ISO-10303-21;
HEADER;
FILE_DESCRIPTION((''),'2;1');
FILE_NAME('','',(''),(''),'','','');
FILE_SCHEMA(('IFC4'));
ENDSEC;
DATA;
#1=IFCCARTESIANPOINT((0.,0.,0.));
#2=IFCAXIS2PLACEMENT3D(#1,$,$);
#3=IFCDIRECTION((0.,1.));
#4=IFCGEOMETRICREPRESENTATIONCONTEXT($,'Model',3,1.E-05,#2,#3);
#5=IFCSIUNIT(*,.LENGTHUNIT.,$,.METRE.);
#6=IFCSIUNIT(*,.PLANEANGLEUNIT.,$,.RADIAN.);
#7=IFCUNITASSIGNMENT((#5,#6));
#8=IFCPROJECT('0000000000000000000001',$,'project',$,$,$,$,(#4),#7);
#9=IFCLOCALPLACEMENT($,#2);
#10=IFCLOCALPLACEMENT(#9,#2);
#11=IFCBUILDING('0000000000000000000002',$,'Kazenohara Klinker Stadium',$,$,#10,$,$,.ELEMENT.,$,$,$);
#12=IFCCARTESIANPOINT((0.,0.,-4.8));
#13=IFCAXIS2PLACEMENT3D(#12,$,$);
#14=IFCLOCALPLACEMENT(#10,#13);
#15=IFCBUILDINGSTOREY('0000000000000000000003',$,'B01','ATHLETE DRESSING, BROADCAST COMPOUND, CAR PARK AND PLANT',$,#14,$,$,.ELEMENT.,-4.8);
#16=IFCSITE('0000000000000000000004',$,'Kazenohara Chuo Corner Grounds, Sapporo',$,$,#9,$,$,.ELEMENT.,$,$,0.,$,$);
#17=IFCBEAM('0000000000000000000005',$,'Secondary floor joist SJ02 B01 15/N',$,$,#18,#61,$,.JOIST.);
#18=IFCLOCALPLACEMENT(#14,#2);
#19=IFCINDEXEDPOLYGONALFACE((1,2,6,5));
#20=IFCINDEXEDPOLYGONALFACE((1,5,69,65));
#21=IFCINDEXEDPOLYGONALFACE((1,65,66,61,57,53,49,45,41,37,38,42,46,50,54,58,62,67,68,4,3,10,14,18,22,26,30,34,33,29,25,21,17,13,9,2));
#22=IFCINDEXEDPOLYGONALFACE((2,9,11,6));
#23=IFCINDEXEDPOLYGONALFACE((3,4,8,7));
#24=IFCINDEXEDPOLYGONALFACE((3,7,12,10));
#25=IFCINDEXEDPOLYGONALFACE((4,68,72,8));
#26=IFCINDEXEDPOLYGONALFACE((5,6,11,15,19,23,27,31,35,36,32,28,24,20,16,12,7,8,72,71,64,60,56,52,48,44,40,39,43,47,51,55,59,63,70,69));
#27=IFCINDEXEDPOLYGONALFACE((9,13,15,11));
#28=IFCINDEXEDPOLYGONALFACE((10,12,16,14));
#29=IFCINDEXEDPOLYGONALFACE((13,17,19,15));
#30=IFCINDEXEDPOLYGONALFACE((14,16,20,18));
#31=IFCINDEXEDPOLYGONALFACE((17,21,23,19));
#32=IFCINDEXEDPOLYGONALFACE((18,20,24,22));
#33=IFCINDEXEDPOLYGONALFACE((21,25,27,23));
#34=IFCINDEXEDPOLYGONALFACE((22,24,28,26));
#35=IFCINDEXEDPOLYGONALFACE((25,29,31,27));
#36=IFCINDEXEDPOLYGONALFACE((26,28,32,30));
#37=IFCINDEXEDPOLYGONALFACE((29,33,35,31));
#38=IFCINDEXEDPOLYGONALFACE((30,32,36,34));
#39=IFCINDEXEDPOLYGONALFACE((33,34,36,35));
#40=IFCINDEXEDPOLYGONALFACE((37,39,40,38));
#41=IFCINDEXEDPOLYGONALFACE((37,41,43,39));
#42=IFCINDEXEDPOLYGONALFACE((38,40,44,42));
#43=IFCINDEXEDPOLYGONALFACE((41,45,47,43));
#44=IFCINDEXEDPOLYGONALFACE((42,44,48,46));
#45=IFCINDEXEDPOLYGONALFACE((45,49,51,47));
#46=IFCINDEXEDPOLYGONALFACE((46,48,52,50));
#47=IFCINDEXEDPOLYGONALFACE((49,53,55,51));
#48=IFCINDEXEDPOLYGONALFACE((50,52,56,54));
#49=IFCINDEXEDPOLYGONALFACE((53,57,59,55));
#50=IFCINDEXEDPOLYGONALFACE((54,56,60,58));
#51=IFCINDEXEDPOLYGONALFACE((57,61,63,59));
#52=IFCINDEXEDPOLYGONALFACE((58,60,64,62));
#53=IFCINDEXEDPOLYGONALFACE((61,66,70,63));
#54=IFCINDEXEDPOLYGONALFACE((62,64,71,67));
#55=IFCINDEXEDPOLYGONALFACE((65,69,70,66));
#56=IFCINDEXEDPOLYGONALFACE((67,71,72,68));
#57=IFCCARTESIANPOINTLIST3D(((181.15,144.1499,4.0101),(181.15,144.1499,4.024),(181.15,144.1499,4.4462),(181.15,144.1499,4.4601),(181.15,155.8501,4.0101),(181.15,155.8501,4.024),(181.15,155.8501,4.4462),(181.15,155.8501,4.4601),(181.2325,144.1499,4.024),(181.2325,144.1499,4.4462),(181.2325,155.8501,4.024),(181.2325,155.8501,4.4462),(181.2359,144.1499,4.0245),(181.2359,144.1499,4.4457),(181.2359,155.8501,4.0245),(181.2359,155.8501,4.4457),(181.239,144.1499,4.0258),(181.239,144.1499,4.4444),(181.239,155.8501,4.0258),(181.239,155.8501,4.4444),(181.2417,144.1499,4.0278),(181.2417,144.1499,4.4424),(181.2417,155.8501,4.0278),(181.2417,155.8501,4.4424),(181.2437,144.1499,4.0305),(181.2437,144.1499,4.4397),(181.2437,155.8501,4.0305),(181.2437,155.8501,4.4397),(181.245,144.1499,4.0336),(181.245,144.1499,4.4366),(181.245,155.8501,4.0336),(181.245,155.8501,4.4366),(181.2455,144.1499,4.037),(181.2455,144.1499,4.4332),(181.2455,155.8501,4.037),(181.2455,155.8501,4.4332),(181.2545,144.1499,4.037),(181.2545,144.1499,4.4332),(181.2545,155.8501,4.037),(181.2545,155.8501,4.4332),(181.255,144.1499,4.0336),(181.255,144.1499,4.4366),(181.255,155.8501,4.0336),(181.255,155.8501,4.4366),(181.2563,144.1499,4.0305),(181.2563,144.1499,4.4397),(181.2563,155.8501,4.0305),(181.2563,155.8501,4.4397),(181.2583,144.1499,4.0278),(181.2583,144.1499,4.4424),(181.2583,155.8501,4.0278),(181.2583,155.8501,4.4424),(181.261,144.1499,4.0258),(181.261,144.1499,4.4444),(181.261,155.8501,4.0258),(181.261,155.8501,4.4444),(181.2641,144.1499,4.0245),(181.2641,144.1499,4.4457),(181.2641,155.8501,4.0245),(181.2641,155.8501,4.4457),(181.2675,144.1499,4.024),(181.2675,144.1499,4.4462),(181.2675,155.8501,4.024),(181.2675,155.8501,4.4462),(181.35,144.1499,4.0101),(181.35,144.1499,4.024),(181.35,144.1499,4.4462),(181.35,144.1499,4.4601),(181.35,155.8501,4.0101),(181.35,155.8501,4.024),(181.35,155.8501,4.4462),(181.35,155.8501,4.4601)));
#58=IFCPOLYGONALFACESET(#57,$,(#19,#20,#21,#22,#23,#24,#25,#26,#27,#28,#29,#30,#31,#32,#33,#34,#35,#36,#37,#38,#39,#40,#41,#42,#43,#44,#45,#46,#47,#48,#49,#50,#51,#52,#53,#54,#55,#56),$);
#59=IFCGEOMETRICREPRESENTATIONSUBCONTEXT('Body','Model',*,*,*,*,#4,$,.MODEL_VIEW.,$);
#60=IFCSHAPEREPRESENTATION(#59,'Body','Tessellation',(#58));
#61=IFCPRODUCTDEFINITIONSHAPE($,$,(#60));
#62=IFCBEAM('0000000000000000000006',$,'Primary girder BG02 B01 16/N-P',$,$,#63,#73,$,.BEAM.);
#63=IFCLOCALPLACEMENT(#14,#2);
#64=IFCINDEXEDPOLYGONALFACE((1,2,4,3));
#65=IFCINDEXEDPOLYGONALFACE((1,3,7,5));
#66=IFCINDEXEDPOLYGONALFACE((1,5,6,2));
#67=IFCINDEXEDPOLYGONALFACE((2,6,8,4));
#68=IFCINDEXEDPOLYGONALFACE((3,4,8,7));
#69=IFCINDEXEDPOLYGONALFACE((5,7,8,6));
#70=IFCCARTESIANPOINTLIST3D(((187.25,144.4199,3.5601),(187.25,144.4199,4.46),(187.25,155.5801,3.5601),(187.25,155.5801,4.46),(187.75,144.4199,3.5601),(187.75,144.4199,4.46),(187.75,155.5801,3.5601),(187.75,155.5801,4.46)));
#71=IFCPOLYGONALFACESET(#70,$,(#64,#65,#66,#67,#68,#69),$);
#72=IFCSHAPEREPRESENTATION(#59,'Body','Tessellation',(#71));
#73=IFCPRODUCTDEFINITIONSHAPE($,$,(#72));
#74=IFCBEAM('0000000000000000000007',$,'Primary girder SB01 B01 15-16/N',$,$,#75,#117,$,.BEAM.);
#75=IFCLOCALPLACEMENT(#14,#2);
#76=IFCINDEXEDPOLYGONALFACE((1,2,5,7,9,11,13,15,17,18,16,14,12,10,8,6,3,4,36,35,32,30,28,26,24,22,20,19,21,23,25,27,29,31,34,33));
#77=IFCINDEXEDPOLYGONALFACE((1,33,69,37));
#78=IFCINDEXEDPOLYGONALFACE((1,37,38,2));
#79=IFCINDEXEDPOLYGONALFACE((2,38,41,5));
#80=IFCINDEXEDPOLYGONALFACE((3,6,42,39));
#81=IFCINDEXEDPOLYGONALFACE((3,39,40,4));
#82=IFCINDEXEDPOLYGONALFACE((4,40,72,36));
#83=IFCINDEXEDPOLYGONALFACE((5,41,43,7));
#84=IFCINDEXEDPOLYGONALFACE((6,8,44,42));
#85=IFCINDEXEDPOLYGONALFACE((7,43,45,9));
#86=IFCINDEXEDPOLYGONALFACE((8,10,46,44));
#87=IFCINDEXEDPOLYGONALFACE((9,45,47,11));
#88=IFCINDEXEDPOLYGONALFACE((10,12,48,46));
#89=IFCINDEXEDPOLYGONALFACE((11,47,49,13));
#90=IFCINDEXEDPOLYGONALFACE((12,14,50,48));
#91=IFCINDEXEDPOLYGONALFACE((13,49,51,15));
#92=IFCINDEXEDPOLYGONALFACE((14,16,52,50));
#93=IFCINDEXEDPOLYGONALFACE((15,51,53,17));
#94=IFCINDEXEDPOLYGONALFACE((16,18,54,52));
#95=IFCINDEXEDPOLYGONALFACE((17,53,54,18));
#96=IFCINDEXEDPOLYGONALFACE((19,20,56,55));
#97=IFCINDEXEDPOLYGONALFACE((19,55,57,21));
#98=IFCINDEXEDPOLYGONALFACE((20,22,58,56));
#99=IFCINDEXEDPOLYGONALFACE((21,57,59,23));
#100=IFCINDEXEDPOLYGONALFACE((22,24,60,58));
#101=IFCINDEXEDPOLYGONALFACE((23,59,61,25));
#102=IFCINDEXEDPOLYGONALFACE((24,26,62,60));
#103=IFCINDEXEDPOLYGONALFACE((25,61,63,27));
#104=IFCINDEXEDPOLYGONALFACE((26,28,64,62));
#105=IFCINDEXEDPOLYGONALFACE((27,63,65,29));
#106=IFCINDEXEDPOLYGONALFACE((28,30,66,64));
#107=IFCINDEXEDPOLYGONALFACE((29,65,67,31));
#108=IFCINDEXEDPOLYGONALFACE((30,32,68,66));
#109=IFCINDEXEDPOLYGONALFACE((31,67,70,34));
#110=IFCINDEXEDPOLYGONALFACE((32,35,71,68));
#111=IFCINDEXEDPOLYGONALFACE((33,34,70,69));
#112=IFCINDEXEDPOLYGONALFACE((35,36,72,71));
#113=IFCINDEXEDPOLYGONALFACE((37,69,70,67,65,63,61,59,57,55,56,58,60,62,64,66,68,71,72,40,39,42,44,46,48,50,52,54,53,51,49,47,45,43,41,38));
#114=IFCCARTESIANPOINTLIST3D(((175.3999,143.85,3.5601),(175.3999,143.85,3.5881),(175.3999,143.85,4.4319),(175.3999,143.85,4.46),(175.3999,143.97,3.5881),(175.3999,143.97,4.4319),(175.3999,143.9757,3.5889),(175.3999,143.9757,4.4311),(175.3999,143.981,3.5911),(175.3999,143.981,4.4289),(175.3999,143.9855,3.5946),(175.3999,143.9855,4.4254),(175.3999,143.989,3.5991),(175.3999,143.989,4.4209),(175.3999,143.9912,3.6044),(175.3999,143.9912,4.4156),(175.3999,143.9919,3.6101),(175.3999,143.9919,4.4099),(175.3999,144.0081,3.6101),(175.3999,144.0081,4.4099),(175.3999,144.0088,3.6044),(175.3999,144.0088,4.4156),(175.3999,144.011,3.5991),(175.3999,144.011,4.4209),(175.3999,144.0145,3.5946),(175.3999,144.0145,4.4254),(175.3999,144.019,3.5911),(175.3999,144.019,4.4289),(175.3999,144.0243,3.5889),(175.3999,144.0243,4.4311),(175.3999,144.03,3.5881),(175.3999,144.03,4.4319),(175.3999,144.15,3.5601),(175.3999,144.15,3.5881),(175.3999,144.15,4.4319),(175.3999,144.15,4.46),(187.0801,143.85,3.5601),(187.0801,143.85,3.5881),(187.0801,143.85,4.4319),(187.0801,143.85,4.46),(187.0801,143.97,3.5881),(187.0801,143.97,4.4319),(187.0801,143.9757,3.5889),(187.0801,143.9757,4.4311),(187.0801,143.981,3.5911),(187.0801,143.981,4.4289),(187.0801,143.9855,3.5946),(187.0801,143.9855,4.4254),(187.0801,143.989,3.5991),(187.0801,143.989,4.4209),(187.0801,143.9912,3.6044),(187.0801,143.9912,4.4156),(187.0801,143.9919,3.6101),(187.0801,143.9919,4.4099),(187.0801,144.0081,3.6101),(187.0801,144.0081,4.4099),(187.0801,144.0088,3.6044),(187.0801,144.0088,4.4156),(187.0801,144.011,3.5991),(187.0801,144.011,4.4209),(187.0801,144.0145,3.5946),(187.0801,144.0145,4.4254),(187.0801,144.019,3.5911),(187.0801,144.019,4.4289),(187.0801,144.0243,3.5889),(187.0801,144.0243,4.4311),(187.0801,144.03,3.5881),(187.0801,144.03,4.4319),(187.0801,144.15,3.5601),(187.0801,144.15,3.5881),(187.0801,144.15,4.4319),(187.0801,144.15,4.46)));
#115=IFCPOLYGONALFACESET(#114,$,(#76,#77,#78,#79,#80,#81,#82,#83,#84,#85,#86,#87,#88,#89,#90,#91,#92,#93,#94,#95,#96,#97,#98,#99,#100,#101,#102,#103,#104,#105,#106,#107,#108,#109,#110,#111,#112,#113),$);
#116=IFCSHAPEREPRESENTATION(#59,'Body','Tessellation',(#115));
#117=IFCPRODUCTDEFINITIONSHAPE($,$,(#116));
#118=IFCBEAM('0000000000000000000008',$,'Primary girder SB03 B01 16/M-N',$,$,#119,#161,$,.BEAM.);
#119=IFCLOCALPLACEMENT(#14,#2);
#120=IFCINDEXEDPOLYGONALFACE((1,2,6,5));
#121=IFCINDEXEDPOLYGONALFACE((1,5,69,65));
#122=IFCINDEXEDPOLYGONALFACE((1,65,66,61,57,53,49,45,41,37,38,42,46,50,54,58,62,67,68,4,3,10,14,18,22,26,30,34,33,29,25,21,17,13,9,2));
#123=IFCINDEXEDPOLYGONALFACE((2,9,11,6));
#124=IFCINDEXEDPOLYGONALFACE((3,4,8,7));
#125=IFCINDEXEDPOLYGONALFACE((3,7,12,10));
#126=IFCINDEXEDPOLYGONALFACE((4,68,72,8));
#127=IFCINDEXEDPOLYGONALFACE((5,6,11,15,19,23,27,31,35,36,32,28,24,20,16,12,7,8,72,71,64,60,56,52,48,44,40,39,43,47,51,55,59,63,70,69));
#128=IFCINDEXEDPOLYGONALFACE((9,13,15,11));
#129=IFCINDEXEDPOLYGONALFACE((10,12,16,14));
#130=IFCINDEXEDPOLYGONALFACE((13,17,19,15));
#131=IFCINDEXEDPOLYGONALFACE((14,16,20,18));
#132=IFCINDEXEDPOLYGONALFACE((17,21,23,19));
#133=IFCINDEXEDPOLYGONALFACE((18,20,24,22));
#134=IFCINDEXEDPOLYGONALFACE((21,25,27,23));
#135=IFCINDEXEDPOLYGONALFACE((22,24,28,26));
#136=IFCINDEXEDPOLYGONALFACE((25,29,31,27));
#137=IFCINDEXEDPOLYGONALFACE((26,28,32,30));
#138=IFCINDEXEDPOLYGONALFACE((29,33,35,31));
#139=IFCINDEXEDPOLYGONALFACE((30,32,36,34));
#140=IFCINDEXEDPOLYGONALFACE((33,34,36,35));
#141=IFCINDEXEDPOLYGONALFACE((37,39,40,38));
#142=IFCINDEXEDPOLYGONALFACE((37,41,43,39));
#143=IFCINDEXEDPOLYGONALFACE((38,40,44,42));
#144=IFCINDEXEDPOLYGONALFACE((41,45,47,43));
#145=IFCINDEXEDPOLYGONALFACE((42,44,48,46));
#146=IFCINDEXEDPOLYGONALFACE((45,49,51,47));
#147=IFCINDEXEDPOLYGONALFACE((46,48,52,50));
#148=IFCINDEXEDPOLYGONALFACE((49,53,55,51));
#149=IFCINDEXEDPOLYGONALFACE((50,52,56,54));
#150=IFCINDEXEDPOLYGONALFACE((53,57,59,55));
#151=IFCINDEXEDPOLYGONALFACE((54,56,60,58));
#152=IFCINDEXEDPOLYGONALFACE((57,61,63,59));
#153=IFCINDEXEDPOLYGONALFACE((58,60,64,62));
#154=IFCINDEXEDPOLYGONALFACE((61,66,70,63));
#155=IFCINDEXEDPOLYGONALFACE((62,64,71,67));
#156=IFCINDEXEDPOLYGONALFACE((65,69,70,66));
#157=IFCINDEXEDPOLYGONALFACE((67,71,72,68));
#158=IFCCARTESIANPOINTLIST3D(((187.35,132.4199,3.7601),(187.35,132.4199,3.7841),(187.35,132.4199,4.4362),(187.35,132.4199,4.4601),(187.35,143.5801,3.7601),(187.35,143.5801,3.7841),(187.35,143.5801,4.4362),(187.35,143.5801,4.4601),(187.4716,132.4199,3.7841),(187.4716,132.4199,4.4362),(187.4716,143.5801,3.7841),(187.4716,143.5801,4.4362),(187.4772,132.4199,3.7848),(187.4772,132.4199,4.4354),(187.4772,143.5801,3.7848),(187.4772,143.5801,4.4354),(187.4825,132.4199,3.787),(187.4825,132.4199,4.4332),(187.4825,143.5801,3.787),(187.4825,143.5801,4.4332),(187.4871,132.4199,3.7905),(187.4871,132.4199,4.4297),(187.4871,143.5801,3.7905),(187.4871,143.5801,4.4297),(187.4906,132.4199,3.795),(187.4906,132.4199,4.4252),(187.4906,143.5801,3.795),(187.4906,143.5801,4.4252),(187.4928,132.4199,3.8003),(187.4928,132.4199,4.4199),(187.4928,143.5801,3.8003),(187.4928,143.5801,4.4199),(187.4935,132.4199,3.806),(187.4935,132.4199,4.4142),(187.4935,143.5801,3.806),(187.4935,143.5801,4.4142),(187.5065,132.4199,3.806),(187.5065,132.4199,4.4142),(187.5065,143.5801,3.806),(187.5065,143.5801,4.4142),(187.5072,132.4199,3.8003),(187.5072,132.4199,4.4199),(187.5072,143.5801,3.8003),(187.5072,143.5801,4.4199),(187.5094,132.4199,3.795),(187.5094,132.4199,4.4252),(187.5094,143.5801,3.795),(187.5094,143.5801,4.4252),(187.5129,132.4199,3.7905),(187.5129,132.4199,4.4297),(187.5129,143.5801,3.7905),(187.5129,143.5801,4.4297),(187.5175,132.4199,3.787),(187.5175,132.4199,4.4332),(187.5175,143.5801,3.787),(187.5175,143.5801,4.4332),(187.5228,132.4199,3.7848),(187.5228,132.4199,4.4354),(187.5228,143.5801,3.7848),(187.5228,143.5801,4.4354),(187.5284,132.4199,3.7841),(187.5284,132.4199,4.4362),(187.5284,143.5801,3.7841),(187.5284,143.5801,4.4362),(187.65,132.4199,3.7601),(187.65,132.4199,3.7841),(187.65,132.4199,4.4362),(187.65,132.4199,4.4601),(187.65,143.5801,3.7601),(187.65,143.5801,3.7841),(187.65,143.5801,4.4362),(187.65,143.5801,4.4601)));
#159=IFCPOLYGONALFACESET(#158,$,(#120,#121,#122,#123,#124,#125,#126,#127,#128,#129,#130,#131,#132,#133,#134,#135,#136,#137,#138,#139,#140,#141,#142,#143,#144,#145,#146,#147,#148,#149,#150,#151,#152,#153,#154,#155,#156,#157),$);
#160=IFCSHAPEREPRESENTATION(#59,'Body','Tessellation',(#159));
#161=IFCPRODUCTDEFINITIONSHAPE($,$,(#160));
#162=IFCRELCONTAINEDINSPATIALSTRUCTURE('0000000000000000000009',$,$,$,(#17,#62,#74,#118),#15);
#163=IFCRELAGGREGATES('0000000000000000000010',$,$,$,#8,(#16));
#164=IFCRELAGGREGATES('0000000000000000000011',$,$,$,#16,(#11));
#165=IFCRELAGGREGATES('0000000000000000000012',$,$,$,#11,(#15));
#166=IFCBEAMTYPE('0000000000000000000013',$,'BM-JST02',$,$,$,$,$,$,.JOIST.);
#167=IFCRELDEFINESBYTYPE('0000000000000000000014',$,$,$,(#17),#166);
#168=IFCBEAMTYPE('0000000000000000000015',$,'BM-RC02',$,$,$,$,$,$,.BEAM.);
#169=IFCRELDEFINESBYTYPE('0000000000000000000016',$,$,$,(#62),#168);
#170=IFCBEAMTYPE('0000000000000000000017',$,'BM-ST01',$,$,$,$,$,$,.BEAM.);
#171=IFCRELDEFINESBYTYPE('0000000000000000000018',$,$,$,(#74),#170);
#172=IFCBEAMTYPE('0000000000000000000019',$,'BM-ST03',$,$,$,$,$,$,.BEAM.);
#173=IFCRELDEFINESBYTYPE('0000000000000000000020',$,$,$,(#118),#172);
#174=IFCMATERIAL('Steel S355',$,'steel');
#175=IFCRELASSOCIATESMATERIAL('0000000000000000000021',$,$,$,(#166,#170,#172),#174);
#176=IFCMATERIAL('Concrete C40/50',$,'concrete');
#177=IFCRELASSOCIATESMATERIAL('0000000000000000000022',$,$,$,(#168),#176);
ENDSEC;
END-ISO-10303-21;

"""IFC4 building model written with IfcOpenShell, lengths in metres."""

from ifc_helpers import new_model, si_unit, direction, frame, origin, origin_2d, place, context, subcontext, project, spatial, rectangle, i_section, extrude, material, material_profile, profile_set, type_object, element, save


model = new_model("IFC4")

# Units and contexts
model_context = context("Model", 3, precision=1e-05, world=origin(), true_north=direction((0.0, 1.0)))
body_context = subcontext(model_context, "Body", "Model", "MODEL_VIEW")
ifc_project = project(units=[si_unit("LENGTHUNIT", "METRE"), si_unit("PLANEANGLEUNIT", "RADIAN")], contexts=[model_context])

# Site, building, storey
site_placement = place(None, origin())
site = spatial("IfcSite", under=ifc_project, at=site_placement, Name="Kazenohara Chuo Corner Grounds, Sapporo", CompositionType="ELEMENT", RefElevation=0.0)
building_placement = place(site_placement, origin())
building = spatial("IfcBuilding", under=site, at=building_placement, Name="Kazenohara Klinker Stadium", CompositionType="ELEMENT")
storey_placement = place(building_placement, frame((0.0, 0.0, -4.8)))
storey = spatial("IfcBuildingStorey", under=building, at=storey_placement, Name="B01", Description="ATHLETE DRESSING, BROADCAST COMPOUND, CAR PARK AND PLANT", CompositionType="ELEMENT", Elevation=-4.8)

# Shared definitions
ifc_material_1 = material(Name="Concrete C40/50", Category="concrete")

# Beams
ifc_material_2 = material(Name="Steel S355", Category="steel")
ifc_material_profile_1 = material_profile(ifc_material_2, i_section(OverallWidth=0.2, OverallDepth=0.45, WebThickness=0.009, FlangeThickness=0.0139, FilletRadius=0.0129, at=origin_2d()), Name="H-450x200x9x14")
ifc_profile_set_1 = profile_set([ifc_material_profile_1], Name="Steel S355")
beam_type_1 = type_object("IfcBeamType", Name="BM-JST02", PredefinedType="JOIST", material=ifc_profile_set_1)
beam_1_placement = place(storey_placement, frame((181.25, 144.1499, 4.2351), z_axis=(0.0, 1.0, 0.0), x_axis=(-1.0, 0.0, 0.0)))
element("IfcBeam", 1, at=beam_1_placement, inside=storey, type_object=beam_type_1, Name="Secondary floor joist SJ02 B01 15/N", PredefinedType="JOIST", context=body_context, shape_type="SweptSolid", body=[
    extrude(i_section(OverallWidth=0.2, OverallDepth=0.45, WebThickness=0.009, FlangeThickness=0.0139, FilletRadius=0.0129, at=origin_2d()), origin(), (0.0, 0.0, 1.0), 11.7002),
])
ifc_material_profile_2 = material_profile(ifc_material_1, rectangle(XDim=0.5, YDim=0.8999, at=origin_2d()), Name="RC-BM-500x900")
ifc_profile_set_2 = profile_set([ifc_material_profile_2], Name="Concrete C40/50")
beam_type_2 = type_object("IfcBeamType", Name="BM-RC02", PredefinedType="BEAM", material=ifc_profile_set_2)
beam_2_placement = place(storey_placement, frame((187.5, 144.4199, 4.01), z_axis=(0.0, 1.0, 0.0), x_axis=(-1.0, 0.0, 0.0)))
element("IfcBeam", 2, at=beam_2_placement, inside=storey, type_object=beam_type_2, Name="Primary girder BG02 B01 16/N-P", PredefinedType="BEAM", context=body_context, shape_type="SweptSolid", body=[
    extrude(rectangle(XDim=0.5, YDim=0.8999, at=origin_2d()), origin(), (0.0, 0.0, 1.0), 11.1602),
])
ifc_material_profile_3 = material_profile(ifc_material_2, i_section(OverallWidth=0.3, OverallDepth=0.8999, WebThickness=0.0161, FlangeThickness=0.0281, FilletRadius=0.022, at=origin_2d()), Name="H-900x300x16x28")
ifc_profile_set_3 = profile_set([ifc_material_profile_3], Name="Steel S355")
beam_type_3 = type_object("IfcBeamType", Name="BM-ST01", PredefinedType="BEAM", material=ifc_profile_set_3)
beam_3_placement = place(storey_placement, frame((175.3999, 144.0, 4.01), z_axis=(1.0, 0.0, 0.0), x_axis=(0.0, 1.0, 0.0)))
element("IfcBeam", 3, at=beam_3_placement, inside=storey, type_object=beam_type_3, Name="Primary girder SB01 B01 15-16/N", PredefinedType="BEAM", context=body_context, shape_type="SweptSolid", body=[
    extrude(i_section(OverallWidth=0.3, OverallDepth=0.8999, WebThickness=0.0161, FlangeThickness=0.0281, FilletRadius=0.022, at=origin_2d()), origin(), (0.0, 0.0, 1.0), 11.6802),
])
ifc_material_profile_4 = material_profile(ifc_material_2, i_section(OverallWidth=0.3, OverallDepth=0.7, WebThickness=0.0129, FlangeThickness=0.0239, FilletRadius=0.022, at=origin_2d()), Name="H-700x300x13x24")
ifc_profile_set_4 = profile_set([ifc_material_profile_4], Name="Steel S355")
beam_type_4 = type_object("IfcBeamType", Name="BM-ST03", PredefinedType="BEAM", material=ifc_profile_set_4)
beam_4_placement = place(storey_placement, frame((187.5, 132.4199, 4.1101), z_axis=(0.0, 1.0, 0.0), x_axis=(-1.0, 0.0, 0.0)))
element("IfcBeam", 4, at=beam_4_placement, inside=storey, type_object=beam_type_4, Name="Primary girder SB03 B01 16/M-N", PredefinedType="BEAM", context=body_context, shape_type="SweptSolid", body=[
    extrude(i_section(OverallWidth=0.3, OverallDepth=0.7, WebThickness=0.0129, FlangeThickness=0.0239, FilletRadius=0.022, at=origin_2d()), origin(), (0.0, 0.0, 1.0), 11.1602),
])

save(model, "model.ifc")
